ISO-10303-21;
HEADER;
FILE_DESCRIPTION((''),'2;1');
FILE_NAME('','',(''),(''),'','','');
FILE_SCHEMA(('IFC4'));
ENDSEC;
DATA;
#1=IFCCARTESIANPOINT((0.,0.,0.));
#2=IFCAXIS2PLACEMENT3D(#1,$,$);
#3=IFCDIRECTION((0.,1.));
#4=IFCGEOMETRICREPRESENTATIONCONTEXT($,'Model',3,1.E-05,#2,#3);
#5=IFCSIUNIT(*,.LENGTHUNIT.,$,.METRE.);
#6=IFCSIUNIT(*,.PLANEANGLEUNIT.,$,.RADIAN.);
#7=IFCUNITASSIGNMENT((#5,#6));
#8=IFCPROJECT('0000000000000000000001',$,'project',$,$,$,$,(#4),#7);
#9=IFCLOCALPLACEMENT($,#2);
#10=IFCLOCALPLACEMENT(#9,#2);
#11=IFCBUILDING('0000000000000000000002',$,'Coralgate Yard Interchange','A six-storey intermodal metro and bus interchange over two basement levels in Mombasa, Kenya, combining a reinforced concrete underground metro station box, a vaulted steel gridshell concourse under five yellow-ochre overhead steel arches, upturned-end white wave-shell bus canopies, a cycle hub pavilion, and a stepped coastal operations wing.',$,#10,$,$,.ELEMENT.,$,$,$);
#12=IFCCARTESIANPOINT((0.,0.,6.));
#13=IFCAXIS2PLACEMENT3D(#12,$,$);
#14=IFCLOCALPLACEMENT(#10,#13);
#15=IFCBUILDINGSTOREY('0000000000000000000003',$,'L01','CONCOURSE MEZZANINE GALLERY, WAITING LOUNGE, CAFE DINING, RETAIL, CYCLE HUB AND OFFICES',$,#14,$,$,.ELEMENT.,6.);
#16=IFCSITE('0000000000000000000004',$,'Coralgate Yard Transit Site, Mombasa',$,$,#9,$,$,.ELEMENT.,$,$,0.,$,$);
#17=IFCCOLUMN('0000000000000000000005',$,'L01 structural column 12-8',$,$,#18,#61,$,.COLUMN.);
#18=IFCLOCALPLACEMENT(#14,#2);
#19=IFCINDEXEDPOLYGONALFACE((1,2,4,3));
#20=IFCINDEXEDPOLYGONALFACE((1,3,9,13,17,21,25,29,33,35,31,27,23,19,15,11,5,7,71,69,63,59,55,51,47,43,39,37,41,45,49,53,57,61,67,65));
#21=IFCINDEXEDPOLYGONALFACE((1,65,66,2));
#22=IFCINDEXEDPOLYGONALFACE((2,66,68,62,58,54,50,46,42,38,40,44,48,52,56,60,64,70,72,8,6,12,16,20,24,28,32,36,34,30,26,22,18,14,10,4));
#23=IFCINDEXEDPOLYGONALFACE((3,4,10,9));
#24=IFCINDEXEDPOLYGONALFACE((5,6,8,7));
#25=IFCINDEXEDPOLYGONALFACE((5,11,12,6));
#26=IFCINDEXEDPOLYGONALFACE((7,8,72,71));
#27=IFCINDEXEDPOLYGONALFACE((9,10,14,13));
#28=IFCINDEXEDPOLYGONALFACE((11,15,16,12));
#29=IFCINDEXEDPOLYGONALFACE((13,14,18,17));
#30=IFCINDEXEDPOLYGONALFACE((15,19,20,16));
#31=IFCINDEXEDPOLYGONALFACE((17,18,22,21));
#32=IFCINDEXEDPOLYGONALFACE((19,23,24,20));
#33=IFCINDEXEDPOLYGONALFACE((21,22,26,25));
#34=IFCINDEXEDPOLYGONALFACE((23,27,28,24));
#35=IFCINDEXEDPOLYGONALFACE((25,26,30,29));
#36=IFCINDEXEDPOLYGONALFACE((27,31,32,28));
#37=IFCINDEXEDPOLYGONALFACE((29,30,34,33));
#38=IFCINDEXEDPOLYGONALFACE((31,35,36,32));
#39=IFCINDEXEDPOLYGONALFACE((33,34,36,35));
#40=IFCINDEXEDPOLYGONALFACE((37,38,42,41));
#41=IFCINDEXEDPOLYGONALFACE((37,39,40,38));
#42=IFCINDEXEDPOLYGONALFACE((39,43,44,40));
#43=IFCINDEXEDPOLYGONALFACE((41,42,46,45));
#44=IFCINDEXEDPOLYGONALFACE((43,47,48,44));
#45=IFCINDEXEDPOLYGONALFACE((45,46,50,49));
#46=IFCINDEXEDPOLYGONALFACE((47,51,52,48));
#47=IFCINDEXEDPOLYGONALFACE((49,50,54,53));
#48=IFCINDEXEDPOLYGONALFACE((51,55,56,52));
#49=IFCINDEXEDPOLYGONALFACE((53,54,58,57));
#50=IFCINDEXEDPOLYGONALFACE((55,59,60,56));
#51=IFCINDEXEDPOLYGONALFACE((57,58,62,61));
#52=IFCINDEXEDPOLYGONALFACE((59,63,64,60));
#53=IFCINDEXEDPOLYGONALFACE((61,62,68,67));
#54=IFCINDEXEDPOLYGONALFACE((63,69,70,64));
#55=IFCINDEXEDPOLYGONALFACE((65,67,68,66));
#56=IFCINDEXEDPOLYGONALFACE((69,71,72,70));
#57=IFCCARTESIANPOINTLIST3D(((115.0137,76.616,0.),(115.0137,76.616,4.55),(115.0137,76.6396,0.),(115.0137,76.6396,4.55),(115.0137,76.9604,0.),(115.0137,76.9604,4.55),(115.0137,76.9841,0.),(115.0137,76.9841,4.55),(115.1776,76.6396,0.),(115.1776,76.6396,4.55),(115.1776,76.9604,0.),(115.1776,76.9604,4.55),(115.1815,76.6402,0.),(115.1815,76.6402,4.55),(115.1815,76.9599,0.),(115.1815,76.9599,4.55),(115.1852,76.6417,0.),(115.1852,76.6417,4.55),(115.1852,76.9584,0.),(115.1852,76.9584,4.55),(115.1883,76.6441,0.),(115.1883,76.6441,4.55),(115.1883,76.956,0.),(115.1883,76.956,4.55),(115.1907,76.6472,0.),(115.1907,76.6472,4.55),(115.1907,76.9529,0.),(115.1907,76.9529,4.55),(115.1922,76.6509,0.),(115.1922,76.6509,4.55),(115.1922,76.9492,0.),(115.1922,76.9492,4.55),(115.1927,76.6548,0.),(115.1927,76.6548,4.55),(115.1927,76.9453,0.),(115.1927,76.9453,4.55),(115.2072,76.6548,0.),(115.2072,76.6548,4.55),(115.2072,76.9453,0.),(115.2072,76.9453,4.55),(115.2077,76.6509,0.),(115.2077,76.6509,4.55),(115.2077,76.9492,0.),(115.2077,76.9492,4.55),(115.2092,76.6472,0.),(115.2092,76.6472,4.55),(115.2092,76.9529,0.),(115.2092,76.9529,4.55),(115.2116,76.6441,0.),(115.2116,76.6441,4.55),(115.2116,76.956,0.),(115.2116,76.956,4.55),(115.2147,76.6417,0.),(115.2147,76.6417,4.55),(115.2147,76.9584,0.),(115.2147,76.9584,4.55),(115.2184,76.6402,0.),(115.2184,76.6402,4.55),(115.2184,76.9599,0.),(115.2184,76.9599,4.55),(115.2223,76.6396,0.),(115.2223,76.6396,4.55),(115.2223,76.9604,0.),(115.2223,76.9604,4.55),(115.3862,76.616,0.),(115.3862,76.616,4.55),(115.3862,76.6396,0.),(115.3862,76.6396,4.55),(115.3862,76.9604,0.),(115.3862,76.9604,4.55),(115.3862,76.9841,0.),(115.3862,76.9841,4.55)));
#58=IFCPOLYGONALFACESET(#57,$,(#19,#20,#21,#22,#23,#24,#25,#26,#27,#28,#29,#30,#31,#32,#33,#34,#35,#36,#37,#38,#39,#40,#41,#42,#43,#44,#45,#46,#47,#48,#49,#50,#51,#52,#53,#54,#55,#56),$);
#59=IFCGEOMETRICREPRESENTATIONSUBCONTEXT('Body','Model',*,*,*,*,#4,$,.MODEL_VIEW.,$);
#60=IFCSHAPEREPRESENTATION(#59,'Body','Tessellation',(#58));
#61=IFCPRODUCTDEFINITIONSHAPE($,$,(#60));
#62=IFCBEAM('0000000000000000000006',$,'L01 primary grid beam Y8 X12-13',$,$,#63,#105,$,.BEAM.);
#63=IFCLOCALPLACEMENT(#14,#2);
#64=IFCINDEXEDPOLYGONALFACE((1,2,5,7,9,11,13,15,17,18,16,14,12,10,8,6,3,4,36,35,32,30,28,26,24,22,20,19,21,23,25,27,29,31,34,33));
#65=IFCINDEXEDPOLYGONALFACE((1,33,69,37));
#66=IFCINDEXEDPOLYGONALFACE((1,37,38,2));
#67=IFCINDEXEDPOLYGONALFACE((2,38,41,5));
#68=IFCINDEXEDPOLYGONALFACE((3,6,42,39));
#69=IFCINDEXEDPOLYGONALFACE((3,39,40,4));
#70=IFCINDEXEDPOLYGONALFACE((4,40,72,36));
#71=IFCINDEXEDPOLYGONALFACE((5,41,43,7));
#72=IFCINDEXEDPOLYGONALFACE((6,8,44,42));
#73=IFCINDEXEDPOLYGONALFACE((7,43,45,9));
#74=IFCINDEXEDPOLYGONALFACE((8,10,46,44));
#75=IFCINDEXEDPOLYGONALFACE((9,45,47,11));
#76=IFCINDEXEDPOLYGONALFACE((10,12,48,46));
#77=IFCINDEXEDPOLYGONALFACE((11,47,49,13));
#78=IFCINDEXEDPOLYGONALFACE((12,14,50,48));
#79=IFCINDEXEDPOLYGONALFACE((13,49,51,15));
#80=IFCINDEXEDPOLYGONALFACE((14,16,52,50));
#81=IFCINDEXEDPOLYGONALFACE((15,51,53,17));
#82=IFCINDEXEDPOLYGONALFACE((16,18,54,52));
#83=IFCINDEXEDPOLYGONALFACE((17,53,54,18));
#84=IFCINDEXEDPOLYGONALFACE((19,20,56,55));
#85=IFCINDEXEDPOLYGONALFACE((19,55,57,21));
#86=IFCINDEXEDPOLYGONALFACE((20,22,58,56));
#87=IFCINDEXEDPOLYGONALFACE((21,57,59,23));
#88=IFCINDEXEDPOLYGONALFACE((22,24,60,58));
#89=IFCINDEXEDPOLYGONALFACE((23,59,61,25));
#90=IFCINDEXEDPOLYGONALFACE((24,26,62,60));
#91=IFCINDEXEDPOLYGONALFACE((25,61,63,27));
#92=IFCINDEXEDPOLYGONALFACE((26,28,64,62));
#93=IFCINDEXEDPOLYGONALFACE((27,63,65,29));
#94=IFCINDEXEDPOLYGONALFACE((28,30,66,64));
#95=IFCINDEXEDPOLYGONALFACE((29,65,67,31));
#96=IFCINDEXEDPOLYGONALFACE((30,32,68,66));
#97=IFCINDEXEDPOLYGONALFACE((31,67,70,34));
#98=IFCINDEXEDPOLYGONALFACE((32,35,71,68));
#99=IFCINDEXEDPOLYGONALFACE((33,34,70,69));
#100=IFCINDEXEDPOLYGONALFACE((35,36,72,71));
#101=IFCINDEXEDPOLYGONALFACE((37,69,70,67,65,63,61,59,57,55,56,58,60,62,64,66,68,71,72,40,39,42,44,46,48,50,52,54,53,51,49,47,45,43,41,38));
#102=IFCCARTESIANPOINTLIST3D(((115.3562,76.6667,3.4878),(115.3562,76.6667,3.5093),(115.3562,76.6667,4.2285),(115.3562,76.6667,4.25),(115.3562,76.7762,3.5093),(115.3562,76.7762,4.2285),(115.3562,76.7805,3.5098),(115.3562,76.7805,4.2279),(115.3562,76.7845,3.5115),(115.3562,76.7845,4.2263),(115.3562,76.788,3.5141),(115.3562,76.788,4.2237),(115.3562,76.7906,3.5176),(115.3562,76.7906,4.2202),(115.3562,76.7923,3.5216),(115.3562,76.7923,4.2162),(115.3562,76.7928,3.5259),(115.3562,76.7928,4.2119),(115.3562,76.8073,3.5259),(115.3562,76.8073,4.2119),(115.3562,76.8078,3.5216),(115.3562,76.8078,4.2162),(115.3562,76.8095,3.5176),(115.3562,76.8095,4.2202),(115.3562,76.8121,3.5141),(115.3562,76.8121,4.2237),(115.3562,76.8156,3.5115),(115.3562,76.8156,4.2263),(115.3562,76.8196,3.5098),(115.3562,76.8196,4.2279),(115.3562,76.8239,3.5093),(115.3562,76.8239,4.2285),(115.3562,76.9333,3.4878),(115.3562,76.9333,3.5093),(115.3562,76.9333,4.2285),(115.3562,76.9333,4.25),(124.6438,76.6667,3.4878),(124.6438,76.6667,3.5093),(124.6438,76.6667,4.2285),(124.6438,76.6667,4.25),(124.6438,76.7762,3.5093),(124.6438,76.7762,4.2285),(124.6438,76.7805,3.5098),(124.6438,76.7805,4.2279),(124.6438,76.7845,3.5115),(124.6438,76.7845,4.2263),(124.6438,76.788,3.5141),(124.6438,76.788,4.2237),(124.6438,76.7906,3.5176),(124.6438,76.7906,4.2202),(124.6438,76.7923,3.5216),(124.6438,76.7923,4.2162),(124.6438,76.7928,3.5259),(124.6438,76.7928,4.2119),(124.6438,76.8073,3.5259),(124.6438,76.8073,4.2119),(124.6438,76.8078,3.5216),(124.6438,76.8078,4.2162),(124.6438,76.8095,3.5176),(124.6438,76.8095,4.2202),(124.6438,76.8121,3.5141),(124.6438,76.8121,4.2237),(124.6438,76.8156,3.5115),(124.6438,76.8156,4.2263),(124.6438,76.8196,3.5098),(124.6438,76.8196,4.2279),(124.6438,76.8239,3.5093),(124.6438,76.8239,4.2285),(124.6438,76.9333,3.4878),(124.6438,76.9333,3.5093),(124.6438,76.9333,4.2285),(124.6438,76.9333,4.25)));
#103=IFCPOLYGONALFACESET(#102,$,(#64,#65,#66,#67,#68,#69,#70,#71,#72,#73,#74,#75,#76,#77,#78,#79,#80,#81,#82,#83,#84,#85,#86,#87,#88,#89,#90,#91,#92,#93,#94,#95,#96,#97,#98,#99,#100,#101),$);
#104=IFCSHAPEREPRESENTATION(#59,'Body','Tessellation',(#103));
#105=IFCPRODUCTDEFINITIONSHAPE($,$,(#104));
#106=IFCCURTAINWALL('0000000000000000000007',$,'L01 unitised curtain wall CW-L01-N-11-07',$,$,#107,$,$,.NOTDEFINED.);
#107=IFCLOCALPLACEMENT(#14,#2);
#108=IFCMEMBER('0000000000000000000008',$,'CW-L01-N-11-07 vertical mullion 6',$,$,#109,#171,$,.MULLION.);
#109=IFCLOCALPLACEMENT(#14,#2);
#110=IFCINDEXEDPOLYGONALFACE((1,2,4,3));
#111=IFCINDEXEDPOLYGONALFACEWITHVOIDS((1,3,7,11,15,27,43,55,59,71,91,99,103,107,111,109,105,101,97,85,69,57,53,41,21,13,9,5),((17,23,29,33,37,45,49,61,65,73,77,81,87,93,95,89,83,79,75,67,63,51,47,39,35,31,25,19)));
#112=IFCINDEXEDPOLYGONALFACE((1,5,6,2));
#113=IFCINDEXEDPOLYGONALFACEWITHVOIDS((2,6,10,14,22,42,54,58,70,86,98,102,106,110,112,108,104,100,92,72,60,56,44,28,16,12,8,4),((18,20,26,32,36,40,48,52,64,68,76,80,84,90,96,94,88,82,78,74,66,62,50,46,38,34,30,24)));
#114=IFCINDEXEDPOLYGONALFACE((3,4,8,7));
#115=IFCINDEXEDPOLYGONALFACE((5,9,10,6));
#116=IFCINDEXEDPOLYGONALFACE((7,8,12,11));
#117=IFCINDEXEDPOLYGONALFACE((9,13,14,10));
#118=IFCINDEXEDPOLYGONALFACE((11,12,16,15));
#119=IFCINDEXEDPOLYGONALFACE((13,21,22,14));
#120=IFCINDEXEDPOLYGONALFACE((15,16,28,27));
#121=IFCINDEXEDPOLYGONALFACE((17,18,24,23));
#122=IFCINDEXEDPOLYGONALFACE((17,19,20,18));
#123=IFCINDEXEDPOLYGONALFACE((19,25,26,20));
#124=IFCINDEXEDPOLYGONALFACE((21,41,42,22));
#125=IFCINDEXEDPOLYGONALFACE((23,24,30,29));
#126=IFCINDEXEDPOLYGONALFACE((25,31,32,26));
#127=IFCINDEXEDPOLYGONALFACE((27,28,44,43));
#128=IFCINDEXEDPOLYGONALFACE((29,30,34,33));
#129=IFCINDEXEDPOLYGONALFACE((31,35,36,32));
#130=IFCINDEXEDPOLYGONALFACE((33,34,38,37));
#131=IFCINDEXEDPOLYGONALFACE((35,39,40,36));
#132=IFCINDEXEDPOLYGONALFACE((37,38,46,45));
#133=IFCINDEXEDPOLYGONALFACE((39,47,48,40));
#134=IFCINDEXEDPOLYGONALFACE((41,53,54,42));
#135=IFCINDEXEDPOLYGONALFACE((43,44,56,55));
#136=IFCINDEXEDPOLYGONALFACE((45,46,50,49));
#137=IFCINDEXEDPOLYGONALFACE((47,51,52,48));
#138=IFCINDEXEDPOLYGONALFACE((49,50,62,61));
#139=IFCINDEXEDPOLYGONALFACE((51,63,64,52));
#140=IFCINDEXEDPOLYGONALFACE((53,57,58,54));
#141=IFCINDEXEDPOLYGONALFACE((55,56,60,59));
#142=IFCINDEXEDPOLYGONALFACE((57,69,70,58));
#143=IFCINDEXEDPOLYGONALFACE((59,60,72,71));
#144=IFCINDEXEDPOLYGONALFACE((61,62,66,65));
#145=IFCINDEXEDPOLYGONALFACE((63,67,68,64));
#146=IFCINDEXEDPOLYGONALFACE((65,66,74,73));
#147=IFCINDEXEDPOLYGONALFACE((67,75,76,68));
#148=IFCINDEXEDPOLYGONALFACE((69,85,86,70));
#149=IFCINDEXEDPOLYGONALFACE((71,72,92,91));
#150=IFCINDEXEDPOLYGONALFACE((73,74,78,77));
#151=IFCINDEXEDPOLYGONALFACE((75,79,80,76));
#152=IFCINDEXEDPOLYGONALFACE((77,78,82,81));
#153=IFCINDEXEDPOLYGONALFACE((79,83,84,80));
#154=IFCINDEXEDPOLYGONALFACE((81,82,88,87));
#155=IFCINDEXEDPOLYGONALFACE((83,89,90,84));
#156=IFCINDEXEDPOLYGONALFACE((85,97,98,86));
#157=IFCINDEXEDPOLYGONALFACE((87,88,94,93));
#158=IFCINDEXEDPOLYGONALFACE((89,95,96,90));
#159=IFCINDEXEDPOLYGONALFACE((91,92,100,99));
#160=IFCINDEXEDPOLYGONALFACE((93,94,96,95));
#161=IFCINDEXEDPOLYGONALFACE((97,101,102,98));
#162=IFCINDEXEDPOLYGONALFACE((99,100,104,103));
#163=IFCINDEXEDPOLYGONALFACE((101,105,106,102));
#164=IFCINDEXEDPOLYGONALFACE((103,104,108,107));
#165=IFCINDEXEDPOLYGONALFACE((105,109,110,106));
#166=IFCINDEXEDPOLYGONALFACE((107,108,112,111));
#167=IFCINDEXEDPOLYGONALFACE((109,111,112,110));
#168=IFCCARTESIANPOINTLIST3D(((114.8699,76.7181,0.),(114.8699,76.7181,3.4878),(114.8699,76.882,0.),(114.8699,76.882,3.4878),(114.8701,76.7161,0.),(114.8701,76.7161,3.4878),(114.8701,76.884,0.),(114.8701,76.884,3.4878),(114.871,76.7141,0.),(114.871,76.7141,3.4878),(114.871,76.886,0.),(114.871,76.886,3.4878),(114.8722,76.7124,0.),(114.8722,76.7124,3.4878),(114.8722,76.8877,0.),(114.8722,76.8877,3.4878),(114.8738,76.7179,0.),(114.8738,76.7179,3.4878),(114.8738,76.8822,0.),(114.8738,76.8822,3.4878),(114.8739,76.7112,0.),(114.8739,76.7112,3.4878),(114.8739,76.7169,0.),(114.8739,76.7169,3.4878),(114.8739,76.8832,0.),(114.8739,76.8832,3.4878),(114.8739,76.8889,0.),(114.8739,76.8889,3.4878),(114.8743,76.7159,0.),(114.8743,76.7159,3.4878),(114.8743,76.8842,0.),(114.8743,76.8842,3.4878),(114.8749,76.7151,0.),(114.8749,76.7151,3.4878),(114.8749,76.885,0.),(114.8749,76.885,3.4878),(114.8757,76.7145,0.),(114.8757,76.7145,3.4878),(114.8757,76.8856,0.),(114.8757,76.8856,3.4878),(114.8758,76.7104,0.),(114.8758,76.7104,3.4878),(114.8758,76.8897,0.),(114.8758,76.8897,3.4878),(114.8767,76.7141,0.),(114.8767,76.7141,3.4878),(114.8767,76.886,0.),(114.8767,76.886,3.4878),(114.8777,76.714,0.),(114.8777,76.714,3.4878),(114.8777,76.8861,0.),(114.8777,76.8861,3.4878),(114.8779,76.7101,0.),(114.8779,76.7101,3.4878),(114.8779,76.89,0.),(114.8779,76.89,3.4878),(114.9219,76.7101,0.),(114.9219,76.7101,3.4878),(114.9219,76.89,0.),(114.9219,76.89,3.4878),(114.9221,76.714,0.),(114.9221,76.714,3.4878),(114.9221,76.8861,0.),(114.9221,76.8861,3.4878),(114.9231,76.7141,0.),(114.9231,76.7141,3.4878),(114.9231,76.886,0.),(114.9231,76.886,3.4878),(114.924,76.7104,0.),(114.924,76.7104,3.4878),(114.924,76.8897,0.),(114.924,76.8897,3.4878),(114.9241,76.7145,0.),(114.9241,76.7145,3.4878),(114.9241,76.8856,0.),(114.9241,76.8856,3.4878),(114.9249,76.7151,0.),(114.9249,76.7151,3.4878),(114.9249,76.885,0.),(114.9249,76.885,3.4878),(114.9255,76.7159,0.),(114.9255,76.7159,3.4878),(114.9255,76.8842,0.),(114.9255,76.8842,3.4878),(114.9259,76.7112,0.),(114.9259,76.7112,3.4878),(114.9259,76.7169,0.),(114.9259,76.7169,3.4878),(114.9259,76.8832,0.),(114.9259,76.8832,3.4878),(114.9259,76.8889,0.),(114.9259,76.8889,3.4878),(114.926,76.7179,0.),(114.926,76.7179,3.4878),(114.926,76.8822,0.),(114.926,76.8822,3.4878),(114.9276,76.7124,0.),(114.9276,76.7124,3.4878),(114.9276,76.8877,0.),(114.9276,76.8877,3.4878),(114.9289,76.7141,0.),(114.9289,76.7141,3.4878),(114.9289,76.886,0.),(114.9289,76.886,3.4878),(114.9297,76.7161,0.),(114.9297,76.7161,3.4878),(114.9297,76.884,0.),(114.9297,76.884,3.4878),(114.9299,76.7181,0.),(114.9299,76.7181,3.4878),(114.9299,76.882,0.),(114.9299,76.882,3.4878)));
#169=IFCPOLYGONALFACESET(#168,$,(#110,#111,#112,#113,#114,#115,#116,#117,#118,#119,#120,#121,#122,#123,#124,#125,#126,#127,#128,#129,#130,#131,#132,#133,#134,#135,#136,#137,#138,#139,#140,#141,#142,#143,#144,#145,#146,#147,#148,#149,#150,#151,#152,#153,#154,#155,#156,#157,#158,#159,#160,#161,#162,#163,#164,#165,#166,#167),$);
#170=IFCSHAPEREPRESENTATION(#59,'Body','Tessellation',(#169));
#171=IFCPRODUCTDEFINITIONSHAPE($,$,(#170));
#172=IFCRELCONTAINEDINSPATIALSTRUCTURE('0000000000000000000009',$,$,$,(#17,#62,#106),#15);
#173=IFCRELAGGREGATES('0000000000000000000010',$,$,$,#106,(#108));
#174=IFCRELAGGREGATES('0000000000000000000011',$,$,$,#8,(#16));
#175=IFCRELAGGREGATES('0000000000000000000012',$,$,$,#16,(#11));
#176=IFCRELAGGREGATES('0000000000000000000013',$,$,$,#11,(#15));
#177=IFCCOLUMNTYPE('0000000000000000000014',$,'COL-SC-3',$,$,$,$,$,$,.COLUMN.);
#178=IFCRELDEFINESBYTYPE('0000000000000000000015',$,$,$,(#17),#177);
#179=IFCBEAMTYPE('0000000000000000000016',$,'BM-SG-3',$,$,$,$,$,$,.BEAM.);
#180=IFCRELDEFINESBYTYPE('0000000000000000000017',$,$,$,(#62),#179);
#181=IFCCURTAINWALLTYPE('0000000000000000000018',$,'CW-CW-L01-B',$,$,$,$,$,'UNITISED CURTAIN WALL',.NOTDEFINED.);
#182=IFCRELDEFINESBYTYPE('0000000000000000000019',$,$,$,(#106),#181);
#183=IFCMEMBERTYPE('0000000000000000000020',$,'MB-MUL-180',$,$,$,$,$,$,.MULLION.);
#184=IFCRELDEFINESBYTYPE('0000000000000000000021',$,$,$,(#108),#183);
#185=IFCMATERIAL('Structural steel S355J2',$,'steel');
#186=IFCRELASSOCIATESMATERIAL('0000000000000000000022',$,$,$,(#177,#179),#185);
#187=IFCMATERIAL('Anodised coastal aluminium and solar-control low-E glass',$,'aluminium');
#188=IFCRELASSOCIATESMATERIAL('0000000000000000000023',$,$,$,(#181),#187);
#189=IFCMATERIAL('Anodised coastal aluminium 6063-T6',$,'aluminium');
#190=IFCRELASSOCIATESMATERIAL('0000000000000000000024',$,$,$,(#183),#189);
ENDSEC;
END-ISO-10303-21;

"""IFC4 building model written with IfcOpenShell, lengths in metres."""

from ifc_helpers import new_model, si_unit, direction, frame, origin, origin_2d, place, context, subcontext, project, spatial, hollow_rectangle, i_section, extrude, material, material_profile, profile_set, type_object, element, aggregate, save


model = new_model("IFC4")

# Units and contexts
model_context = context("Model", 3, precision=1e-05, world=origin(), true_north=direction((0.0, 1.0)))
body_context = subcontext(model_context, "Body", "Model", "MODEL_VIEW")
ifc_project = project(units=[si_unit("LENGTHUNIT", "METRE"), si_unit("PLANEANGLEUNIT", "RADIAN")], contexts=[model_context])

# Site, building, storey
site_placement = place(None, origin())
site = spatial("IfcSite", under=ifc_project, at=site_placement, Name="Coralgate Yard Transit Site, Mombasa", CompositionType="ELEMENT", RefElevation=0.0)
building_placement = place(site_placement, origin())
building = spatial("IfcBuilding", under=site, at=building_placement, Name="Coralgate Yard Interchange", Description="A six-storey intermodal metro and bus interchange over two basement levels in Mombasa, Kenya, combining a reinforced concrete underground metro station box, a vaulted steel gridshell concourse under five yellow-ochre overhead steel arches, upturned-end white wave-shell bus canopies, a cycle hub pavilion, and a stepped coastal operations wing.", CompositionType="ELEMENT")
storey_placement = place(building_placement, frame((0.0, 0.0, 6.0)))
storey = spatial("IfcBuildingStorey", under=building, at=storey_placement, Name="L01", Description="CONCOURSE MEZZANINE GALLERY, WAITING LOUNGE, CAFE DINING, RETAIL, CYCLE HUB AND OFFICES", CompositionType="ELEMENT", Elevation=6.0)

# Column
ifc_material_1 = material(Name="Structural steel S355J2", Category="steel")
ifc_material_profile_1 = material_profile(ifc_material_1, i_section(OverallWidth=0.3726, OverallDepth=0.3682, WebThickness=0.0144, FlangeThickness=0.0237, FilletRadius=0.0151, at=origin_2d()), Name="UC 356x368x177")
ifc_profile_set_1 = profile_set([ifc_material_profile_1], Name="Structural steel S355J2")
column_type = type_object("IfcColumnType", Name="COL-SC-3", PredefinedType="COLUMN", material=ifc_profile_set_1)
column_placement = place(storey_placement, frame((115.2, 76.8, 0.0), z_axis=(0.0, 0.0, 1.0), x_axis=(1.0, 0.0, 0.0)))
element("IfcColumn", 1, at=column_placement, inside=storey, type_object=column_type, Name="L01 structural column 12-8", PredefinedType="COLUMN", context=body_context, shape_type="SweptSolid", body=[
    extrude(i_section(OverallWidth=0.3726, OverallDepth=0.3682, WebThickness=0.0144, FlangeThickness=0.0237, FilletRadius=0.0151, at=origin_2d()), origin(), (0.0, 0.0, 1.0), 4.55),
])

# Beam
ifc_material_profile_2 = material_profile(ifc_material_1, i_section(OverallWidth=0.2666, OverallDepth=0.7622, WebThickness=0.0144, FlangeThickness=0.0215, FilletRadius=0.0166, at=origin_2d()), Name="UB 762x267x173")
ifc_profile_set_2 = profile_set([ifc_material_profile_2], Name="Structural steel S355J2")
beam_type = type_object("IfcBeamType", Name="BM-SG-3", PredefinedType="BEAM", material=ifc_profile_set_2)
beam_placement = place(storey_placement, frame((115.3562, 76.8, 3.8689), z_axis=(1.0, 0.0, 0.0), x_axis=(0.0, 1.0, 0.0)))
element("IfcBeam", 2, at=beam_placement, inside=storey, type_object=beam_type, Name="L01 primary grid beam Y8 X12-13", PredefinedType="BEAM", context=body_context, shape_type="SweptSolid", body=[
    extrude(i_section(OverallWidth=0.2666, OverallDepth=0.7622, WebThickness=0.0144, FlangeThickness=0.0215, FilletRadius=0.0166, at=origin_2d()), origin(), (0.0, 0.0, 1.0), 9.2876),
])

# Curtain wall, member
ifc_material_2 = material(Name="Anodised coastal aluminium and solar-control low-E glass", Category="aluminium")
curtain_wall_type = type_object("IfcCurtainWallType", Name="CW-CW-L01-B", ElementType="UNITISED CURTAIN WALL", PredefinedType="NOTDEFINED", material=ifc_material_2)
curtain_wall_1_placement = place(storey_placement, origin())
curtain_wall_1 = element("IfcCurtainWall", 3, at=curtain_wall_1_placement, inside=storey, type_object=curtain_wall_type, Name="L01 unitised curtain wall CW-L01-N-11-07", PredefinedType="NOTDEFINED")
ifc_material_3 = material(Name="Anodised coastal aluminium 6063-T6", Category="aluminium")
ifc_material_profile_3 = material_profile(ifc_material_3, hollow_rectangle(XDim=0.0601, YDim=0.1799, WallThickness=0.0039, InnerFilletRadius=0.0039, OuterFilletRadius=0.0081, at=origin_2d()), Name="ALU 60x180x4")
ifc_profile_set_3 = profile_set([ifc_material_profile_3], Name="Anodised coastal aluminium 6063-T6")
member_type_1 = type_object("IfcMemberType", Name="MB-MUL-180", PredefinedType="MULLION", material=ifc_profile_set_3)
member_1_placement = place(storey_placement, frame((114.8999, 76.8, 0.0), z_axis=(0.0, 0.0, 1.0), x_axis=(1.0, 0.0, 0.0)))
member_1 = element("IfcMember", 4, at=member_1_placement, type_object=member_type_1, Name="CW-L01-N-11-07 vertical mullion 6", PredefinedType="MULLION", context=body_context, shape_type="SweptSolid", body=[
    extrude(hollow_rectangle(XDim=0.0601, YDim=0.1799, WallThickness=0.0039, InnerFilletRadius=0.0039, OuterFilletRadius=0.0081, at=origin_2d()), origin(), (0.0, 0.0, 1.0), 3.4878),
])
aggregate(curtain_wall_1, [member_1])

save(model, "model.ifc")
